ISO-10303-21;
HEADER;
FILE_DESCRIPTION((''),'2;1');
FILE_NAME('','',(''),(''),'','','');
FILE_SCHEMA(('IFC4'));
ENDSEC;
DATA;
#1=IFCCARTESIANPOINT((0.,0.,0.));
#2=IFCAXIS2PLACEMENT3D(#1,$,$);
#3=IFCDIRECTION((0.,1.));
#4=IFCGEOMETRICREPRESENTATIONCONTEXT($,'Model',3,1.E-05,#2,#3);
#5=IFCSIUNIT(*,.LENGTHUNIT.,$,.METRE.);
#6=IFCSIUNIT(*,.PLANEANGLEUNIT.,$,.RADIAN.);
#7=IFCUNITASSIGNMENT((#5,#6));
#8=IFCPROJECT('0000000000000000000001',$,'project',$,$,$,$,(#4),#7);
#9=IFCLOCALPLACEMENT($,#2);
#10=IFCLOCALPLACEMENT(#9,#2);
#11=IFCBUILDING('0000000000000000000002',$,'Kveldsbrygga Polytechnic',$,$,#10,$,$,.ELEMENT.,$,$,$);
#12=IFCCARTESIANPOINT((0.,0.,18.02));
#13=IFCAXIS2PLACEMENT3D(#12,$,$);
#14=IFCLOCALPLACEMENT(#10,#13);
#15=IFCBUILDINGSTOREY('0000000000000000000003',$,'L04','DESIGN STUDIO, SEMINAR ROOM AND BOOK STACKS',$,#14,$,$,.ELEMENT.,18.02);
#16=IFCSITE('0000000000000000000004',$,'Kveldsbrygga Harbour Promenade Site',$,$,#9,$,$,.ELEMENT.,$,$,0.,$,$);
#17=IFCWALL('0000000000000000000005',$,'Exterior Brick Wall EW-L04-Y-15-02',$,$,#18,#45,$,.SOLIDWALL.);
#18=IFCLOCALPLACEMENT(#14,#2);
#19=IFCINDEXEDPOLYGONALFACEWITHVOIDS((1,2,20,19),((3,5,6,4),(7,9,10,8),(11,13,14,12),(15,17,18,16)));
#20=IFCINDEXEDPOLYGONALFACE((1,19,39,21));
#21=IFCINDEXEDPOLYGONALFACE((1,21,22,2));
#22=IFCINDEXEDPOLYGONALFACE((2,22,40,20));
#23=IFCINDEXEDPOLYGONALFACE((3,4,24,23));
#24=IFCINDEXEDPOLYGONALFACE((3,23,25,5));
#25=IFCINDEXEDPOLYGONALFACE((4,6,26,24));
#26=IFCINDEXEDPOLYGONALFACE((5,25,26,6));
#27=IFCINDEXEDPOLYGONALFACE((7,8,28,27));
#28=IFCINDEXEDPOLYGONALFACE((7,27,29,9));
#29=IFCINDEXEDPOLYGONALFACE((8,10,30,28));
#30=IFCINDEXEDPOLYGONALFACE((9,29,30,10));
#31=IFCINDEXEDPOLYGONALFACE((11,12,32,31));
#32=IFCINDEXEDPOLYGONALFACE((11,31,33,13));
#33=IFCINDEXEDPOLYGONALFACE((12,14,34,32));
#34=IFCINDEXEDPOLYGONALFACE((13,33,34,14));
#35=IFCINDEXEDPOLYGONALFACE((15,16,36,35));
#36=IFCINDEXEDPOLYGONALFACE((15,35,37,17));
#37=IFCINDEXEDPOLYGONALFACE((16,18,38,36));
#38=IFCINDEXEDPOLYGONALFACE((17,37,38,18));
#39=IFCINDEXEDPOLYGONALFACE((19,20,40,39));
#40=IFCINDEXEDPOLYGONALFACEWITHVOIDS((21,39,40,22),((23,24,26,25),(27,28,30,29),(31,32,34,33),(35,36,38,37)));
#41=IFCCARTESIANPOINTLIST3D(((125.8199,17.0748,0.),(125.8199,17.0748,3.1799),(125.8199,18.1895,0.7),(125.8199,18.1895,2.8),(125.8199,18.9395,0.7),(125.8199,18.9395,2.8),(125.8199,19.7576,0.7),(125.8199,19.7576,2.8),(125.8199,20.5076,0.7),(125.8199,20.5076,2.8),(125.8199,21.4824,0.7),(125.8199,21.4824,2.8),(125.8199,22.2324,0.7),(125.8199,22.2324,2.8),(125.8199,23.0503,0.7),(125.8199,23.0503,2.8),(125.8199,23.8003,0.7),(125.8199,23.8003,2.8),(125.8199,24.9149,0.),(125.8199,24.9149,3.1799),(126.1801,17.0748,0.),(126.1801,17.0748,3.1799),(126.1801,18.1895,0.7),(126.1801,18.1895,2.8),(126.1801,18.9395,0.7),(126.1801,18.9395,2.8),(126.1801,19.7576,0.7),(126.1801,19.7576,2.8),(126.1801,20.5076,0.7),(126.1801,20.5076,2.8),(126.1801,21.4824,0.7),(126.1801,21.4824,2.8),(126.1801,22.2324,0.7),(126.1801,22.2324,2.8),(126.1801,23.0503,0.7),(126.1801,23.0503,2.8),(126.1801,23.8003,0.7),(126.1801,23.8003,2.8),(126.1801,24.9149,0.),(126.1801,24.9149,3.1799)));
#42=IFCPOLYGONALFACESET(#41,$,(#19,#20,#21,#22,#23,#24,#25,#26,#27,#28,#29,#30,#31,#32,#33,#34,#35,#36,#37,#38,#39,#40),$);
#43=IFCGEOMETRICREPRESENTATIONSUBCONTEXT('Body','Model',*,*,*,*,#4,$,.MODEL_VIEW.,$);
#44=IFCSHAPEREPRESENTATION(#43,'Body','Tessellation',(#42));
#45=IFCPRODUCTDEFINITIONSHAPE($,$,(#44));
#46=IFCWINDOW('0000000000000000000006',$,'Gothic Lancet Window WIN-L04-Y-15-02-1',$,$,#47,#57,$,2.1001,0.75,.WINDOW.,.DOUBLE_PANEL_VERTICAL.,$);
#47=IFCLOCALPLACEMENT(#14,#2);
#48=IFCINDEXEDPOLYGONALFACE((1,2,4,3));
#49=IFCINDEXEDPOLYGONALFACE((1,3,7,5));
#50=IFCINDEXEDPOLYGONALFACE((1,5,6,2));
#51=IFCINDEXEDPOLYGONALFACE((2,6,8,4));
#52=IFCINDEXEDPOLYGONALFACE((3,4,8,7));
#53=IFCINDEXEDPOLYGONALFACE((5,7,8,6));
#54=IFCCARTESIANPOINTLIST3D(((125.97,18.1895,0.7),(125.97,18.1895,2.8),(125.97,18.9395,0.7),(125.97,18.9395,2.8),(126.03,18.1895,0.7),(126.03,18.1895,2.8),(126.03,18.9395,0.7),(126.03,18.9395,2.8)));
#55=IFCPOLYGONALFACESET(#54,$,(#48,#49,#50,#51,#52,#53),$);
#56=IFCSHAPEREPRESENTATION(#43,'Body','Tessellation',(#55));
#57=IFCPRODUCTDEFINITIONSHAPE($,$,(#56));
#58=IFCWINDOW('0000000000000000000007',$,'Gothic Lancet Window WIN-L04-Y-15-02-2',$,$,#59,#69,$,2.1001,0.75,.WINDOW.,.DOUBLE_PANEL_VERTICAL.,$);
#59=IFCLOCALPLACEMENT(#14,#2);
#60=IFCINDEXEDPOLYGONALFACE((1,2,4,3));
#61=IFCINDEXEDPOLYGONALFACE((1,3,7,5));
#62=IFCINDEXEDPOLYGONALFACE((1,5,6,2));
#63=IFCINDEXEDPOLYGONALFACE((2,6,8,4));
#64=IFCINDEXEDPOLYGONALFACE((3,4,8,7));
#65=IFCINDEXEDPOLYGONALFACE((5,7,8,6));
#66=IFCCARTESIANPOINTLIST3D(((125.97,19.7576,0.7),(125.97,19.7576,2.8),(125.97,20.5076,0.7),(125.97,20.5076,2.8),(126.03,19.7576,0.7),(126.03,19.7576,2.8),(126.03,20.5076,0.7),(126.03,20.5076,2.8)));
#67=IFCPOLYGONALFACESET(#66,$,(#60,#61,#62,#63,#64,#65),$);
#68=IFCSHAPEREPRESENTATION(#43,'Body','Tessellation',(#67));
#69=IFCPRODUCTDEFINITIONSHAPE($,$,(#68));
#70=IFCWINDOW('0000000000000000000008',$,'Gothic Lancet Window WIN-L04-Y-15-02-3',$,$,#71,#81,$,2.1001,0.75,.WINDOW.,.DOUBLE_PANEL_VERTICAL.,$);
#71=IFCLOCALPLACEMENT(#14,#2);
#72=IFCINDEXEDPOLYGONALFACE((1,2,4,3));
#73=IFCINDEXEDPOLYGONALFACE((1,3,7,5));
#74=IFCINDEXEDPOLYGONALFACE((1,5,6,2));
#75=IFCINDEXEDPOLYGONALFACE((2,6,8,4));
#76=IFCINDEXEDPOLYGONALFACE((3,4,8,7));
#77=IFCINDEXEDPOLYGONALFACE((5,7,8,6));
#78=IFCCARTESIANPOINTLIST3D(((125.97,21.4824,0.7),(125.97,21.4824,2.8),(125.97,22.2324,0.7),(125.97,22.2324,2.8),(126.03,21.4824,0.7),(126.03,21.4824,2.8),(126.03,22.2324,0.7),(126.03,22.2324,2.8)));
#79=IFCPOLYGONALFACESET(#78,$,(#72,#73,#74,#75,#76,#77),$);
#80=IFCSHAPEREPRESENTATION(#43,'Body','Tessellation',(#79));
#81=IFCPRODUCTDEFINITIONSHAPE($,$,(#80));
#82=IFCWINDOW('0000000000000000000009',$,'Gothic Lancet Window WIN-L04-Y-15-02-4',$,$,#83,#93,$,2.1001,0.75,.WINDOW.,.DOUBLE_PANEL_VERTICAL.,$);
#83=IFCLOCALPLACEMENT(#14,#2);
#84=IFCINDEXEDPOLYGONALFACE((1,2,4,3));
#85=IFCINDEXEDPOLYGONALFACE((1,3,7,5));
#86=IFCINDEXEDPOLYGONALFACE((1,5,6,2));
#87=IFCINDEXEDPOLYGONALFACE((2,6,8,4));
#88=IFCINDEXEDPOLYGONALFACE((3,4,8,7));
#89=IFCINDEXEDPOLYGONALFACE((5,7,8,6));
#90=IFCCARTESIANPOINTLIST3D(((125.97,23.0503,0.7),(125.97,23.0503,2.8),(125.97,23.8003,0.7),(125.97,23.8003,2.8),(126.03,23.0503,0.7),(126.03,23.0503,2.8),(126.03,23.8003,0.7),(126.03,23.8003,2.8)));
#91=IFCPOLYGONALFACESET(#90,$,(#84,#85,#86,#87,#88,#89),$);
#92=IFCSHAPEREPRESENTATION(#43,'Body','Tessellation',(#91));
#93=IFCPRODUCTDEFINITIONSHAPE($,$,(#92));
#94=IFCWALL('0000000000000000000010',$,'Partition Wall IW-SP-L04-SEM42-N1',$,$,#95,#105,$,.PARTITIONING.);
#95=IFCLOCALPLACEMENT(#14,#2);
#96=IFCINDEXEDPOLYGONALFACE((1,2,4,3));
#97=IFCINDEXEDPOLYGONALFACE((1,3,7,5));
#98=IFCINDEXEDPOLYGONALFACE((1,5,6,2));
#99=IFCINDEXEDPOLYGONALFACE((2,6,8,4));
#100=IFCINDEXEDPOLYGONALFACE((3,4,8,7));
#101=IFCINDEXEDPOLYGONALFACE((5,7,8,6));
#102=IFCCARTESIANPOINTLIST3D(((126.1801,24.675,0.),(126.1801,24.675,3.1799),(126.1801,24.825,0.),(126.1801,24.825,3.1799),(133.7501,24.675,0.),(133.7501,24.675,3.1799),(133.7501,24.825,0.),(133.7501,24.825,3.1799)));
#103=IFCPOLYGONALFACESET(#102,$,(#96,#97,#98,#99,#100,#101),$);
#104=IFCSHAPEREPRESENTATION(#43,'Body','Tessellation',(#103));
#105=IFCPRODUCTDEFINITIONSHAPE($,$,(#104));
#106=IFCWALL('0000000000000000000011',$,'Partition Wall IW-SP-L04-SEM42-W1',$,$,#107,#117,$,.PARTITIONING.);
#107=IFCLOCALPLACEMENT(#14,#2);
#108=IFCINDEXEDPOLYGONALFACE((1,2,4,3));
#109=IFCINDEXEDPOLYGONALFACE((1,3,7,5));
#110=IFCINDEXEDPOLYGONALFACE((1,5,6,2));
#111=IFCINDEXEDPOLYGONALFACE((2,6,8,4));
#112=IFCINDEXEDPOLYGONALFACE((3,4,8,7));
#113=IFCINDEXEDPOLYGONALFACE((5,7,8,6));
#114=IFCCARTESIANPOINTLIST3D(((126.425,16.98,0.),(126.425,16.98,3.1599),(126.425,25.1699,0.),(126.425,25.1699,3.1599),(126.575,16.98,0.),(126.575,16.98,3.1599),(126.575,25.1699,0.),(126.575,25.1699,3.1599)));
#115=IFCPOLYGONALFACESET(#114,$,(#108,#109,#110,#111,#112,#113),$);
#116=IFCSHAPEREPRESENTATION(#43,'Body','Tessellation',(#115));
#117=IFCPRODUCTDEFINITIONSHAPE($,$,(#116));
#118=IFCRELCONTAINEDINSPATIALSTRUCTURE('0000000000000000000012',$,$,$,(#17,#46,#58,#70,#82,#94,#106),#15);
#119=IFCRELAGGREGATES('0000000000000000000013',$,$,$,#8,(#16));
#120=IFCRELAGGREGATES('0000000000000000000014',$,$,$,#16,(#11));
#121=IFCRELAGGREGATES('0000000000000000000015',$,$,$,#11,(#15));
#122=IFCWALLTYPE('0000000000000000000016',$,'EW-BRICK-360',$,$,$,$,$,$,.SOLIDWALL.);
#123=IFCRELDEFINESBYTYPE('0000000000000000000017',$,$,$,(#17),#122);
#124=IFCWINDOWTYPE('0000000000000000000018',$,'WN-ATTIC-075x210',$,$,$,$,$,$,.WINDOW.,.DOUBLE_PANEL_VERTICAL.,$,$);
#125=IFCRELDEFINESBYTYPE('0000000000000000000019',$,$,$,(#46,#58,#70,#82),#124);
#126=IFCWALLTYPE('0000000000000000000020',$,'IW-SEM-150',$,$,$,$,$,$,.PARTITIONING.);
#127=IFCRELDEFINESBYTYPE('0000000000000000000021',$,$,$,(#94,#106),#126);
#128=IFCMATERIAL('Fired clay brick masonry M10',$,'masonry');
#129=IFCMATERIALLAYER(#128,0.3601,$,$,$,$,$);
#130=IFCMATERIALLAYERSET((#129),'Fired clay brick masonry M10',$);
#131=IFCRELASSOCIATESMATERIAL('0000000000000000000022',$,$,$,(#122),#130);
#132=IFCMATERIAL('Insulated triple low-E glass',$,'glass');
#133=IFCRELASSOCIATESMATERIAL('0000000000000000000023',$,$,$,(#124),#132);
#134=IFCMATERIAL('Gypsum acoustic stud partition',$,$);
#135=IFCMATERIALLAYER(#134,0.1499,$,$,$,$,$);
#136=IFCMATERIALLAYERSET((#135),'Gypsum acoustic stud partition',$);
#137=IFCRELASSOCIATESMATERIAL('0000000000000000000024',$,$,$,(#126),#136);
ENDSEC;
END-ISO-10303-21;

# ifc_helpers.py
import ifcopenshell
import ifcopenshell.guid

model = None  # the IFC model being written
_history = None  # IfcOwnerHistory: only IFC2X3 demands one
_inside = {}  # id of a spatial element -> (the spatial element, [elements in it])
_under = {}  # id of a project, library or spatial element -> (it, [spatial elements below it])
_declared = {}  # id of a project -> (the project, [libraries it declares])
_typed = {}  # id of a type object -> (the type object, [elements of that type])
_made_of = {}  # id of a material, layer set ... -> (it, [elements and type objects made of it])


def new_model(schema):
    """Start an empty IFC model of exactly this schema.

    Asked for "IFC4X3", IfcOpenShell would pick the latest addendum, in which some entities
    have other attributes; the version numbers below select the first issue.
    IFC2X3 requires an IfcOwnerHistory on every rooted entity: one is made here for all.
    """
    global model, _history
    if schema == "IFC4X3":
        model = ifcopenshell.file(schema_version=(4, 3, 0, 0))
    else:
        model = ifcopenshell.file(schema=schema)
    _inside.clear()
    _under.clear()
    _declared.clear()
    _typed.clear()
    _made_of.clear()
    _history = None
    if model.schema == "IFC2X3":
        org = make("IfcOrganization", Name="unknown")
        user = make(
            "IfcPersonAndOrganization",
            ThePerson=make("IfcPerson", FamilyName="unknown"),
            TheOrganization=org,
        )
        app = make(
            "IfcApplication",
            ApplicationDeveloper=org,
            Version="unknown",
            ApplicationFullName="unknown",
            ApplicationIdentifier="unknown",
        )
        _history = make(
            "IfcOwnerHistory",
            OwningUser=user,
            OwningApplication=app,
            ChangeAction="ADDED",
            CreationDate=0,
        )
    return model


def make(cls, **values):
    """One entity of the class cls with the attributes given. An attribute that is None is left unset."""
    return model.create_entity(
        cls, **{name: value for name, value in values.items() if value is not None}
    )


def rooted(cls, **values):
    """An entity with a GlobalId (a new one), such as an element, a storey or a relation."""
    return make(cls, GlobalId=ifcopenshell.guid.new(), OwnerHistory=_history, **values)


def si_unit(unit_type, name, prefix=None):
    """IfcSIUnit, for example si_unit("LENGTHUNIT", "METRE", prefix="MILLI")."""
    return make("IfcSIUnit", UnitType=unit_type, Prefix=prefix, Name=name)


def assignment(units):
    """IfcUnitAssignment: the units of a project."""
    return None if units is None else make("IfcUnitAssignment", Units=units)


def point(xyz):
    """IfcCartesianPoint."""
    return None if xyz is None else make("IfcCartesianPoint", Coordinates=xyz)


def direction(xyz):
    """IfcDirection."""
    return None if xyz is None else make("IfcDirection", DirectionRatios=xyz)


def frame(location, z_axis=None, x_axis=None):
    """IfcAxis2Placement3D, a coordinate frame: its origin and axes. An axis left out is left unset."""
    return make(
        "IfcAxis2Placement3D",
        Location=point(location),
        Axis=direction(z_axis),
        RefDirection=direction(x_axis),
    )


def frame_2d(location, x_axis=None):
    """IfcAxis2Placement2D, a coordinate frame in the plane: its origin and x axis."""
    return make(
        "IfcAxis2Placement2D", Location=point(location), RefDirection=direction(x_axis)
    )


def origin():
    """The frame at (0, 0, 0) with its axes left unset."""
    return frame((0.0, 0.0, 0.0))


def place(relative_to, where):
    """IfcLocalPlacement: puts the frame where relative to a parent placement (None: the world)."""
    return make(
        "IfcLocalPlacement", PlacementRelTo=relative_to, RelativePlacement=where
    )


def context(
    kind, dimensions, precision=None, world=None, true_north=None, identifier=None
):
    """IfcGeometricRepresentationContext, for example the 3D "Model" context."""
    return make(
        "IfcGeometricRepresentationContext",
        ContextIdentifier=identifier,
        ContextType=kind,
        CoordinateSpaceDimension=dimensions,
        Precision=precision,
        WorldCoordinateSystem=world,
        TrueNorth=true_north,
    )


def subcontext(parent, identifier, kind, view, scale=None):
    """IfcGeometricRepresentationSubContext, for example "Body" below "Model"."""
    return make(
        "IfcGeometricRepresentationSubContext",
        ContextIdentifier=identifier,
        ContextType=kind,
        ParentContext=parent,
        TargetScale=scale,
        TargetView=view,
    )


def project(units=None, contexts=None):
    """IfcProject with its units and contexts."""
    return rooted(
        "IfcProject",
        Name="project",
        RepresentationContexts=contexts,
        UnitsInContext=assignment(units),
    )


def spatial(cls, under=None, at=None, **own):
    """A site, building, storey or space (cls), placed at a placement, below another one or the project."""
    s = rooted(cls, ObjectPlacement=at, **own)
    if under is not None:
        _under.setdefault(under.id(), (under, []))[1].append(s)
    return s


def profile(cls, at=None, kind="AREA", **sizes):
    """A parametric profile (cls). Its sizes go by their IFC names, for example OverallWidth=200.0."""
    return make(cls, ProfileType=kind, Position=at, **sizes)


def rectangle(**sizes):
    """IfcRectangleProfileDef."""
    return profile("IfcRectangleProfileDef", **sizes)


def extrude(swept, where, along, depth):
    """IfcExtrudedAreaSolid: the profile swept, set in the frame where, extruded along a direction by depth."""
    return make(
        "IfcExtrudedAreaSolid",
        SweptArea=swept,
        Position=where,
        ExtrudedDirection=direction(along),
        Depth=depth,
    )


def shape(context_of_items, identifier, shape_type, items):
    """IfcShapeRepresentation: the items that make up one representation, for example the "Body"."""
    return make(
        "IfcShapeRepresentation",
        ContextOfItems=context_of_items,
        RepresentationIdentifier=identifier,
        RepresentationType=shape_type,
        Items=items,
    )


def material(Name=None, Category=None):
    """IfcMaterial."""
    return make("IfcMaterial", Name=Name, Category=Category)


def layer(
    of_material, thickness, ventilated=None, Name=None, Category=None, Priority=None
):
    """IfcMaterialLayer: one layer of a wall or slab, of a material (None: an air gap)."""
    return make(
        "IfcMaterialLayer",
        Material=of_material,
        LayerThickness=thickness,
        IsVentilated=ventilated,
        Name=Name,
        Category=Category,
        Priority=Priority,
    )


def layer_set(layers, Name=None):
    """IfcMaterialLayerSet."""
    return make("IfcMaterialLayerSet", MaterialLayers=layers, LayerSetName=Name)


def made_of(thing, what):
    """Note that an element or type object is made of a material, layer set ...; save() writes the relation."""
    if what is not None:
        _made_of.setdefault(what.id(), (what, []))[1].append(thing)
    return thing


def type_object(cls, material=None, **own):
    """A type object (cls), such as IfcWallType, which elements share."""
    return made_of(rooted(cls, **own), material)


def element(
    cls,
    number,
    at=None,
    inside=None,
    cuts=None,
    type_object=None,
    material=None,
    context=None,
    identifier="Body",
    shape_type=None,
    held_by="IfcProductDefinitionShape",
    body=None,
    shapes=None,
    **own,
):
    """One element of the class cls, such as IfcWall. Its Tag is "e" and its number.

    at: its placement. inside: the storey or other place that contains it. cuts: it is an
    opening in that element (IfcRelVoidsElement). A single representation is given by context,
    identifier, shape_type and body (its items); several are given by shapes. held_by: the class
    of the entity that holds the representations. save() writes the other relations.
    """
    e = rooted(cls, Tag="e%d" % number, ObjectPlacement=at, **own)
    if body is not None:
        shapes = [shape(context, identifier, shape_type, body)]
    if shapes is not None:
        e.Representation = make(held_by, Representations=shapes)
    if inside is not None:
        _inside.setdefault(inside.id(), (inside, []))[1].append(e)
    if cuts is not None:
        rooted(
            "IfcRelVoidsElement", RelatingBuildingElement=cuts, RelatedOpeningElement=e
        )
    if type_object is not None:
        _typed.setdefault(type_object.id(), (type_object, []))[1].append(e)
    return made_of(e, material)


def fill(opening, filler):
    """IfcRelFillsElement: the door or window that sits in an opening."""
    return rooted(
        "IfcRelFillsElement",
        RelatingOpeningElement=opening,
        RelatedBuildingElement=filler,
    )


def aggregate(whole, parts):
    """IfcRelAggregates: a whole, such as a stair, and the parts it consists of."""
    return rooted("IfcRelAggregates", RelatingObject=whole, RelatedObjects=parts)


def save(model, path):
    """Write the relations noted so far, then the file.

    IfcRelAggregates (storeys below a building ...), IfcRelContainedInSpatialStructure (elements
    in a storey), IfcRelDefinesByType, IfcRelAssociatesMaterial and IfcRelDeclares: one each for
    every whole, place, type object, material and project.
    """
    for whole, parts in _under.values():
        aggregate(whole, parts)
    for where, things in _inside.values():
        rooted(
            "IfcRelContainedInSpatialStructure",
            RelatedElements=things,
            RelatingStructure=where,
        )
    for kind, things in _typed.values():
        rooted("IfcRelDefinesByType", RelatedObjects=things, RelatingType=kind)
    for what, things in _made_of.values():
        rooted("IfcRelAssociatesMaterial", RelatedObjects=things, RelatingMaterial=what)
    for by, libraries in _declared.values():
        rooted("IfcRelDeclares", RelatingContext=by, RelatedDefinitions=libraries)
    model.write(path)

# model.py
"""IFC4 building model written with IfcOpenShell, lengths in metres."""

from ifc_helpers import new_model, si_unit, direction, frame, frame_2d, origin, place, context, subcontext, project, spatial, rectangle, extrude, material, layer, layer_set, type_object, element, fill, save


model = new_model("IFC4")

# Units and contexts
model_context = context("Model", 3, precision=1e-05, world=origin(), true_north=direction((0.0, 1.0)))
body_context = subcontext(model_context, "Body", "Model", "MODEL_VIEW")
ifc_project = project(units=[si_unit("LENGTHUNIT", "METRE"), si_unit("PLANEANGLEUNIT", "RADIAN")], contexts=[model_context])

# Site, building, storey
site_placement = place(None, origin())
site = spatial("IfcSite", under=ifc_project, at=site_placement, Name="Kveldsbrygga Harbour Promenade Site", CompositionType="ELEMENT", RefElevation=0.0)
building_placement = place(site_placement, origin())
building = spatial("IfcBuilding", under=site, at=building_placement, Name="Kveldsbrygga Polytechnic", CompositionType="ELEMENT")
storey_placement = place(building_placement, frame((0.0, 0.0, 18.02)))
storey = spatial("IfcBuildingStorey", under=building, at=storey_placement, Name="L04", Description="DESIGN STUDIO, SEMINAR ROOM AND BOOK STACKS", CompositionType="ELEMENT", Elevation=18.02)

# Wall, openings, windows
ifc_material_1 = material(Name="Fired clay brick masonry M10", Category="masonry")
ifc_layer_1 = layer(ifc_material_1, 0.3601)
ifc_layer_set_1 = layer_set([ifc_layer_1], Name="Fired clay brick masonry M10")
wall_type_1 = type_object("IfcWallType", Name="EW-BRICK-360", PredefinedType="SOLIDWALL", material=ifc_layer_set_1)
ifc_material_2 = material(Name="Insulated triple low-E glass", Category="glass")
window_type = type_object("IfcWindowType", Name="WN-ATTIC-075x210", PartitioningType="DOUBLE_PANEL_VERTICAL", PredefinedType="WINDOW", material=ifc_material_2)
wall_1_placement = place(storey_placement, frame((126.0, 17.075, 0.0), z_axis=(0.0, 0.0, 1.0), x_axis=(0.0, 1.0, 0.0)))
wall_1 = element("IfcWall", 1, at=wall_1_placement, inside=storey, type_object=wall_type_1, Name="Exterior Brick Wall EW-L04-Y-15-02", PredefinedType="SOLIDWALL", context=body_context, shape_type="SweptSolid", body=[
    extrude(rectangle(XDim=7.8401, YDim=0.3601, at=frame_2d((3.9199, 0.0))), origin(), (0.0, 0.0, 1.0), 3.1799),
])
opening_1_placement = place(wall_1_placement, frame((1.1145, 0.0, 0.7)))
opening_1 = element("IfcOpeningElement", 2, at=opening_1_placement, cuts=wall_1, PredefinedType="OPENING", context=body_context, shape_type="SweptSolid", body=[
    extrude(rectangle(XDim=0.75, YDim=2.1001, at=frame_2d((0.375, 1.05))), frame((0.0, 0.1899, 0.0), z_axis=(0.0, -1.0, 0.0), x_axis=(1.0, 0.0, 0.0)), (0.0, 0.0, 1.0), 0.3801),
])
opening_2_placement = place(wall_1_placement, frame((2.6826, 0.0, 0.7)))
opening_2 = element("IfcOpeningElement", 3, at=opening_2_placement, cuts=wall_1, PredefinedType="OPENING", context=body_context, shape_type="SweptSolid", body=[
    extrude(rectangle(XDim=0.75, YDim=2.1001, at=frame_2d((0.375, 1.05))), frame((0.0, 0.1899, 0.0), z_axis=(0.0, -1.0, 0.0), x_axis=(1.0, 0.0, 0.0)), (0.0, 0.0, 1.0), 0.3801),
])
opening_3_placement = place(wall_1_placement, frame((4.4075, 0.0, 0.7)))
opening_3 = element("IfcOpeningElement", 4, at=opening_3_placement, cuts=wall_1, PredefinedType="OPENING", context=body_context, shape_type="SweptSolid", body=[
    extrude(rectangle(XDim=0.75, YDim=2.1001, at=frame_2d((0.375, 1.05))), frame((0.0, 0.1899, 0.0), z_axis=(0.0, -1.0, 0.0), x_axis=(1.0, 0.0, 0.0)), (0.0, 0.0, 1.0), 0.3801),
])
opening_4_placement = place(wall_1_placement, frame((5.9753, 0.0, 0.7)))
opening_4 = element("IfcOpeningElement", 5, at=opening_4_placement, cuts=wall_1, PredefinedType="OPENING", context=body_context, shape_type="SweptSolid", body=[
    extrude(rectangle(XDim=0.75, YDim=2.1001, at=frame_2d((0.375, 1.05))), frame((0.0, 0.1899, 0.0), z_axis=(0.0, -1.0, 0.0), x_axis=(1.0, 0.0, 0.0)), (0.0, 0.0, 1.0), 0.3801),
])
window_1_placement = place(opening_1_placement, origin())
window_1 = element("IfcWindow", 6, at=window_1_placement, inside=storey, type_object=window_type, Name="Gothic Lancet Window WIN-L04-Y-15-02-1", OverallHeight=2.1001, OverallWidth=0.75, PartitioningType="DOUBLE_PANEL_VERTICAL", PredefinedType="WINDOW", context=body_context, shape_type="SweptSolid", body=[
    extrude(rectangle(XDim=0.75, YDim=2.1001, at=frame_2d((0.375, 1.05))), frame((0.0, 0.03, 0.0), z_axis=(0.0, -1.0, 0.0), x_axis=(1.0, 0.0, 0.0)), (0.0, 0.0, 1.0), 0.0601),
])
fill(opening_1, window_1)
window_2_placement = place(opening_2_placement, origin())
window_2 = element("IfcWindow", 7, at=window_2_placement, inside=storey, type_object=window_type, Name="Gothic Lancet Window WIN-L04-Y-15-02-2", OverallHeight=2.1001, OverallWidth=0.75, PartitioningType="DOUBLE_PANEL_VERTICAL", PredefinedType="WINDOW", context=body_context, shape_type="SweptSolid", body=[
    extrude(rectangle(XDim=0.75, YDim=2.1001, at=frame_2d((0.375, 1.05))), frame((0.0, 0.03, 0.0), z_axis=(0.0, -1.0, 0.0), x_axis=(1.0, 0.0, 0.0)), (0.0, 0.0, 1.0), 0.0601),
])
fill(opening_2, window_2)
window_3_placement = place(opening_3_placement, origin())
window_3 = element("IfcWindow", 8, at=window_3_placement, inside=storey, type_object=window_type, Name="Gothic Lancet Window WIN-L04-Y-15-02-3", OverallHeight=2.1001, OverallWidth=0.75, PartitioningType="DOUBLE_PANEL_VERTICAL", PredefinedType="WINDOW", context=body_context, shape_type="SweptSolid", body=[
    extrude(rectangle(XDim=0.75, YDim=2.1001, at=frame_2d((0.375, 1.05))), frame((0.0, 0.03, 0.0), z_axis=(0.0, -1.0, 0.0), x_axis=(1.0, 0.0, 0.0)), (0.0, 0.0, 1.0), 0.0601),
])
fill(opening_3, window_3)
window_4_placement = place(opening_4_placement, origin())
window_4 = element("IfcWindow", 9, at=window_4_placement, inside=storey, type_object=window_type, Name="Gothic Lancet Window WIN-L04-Y-15-02-4", OverallHeight=2.1001, OverallWidth=0.75, PartitioningType="DOUBLE_PANEL_VERTICAL", PredefinedType="WINDOW", context=body_context, shape_type="SweptSolid", body=[
    extrude(rectangle(XDim=0.75, YDim=2.1001, at=frame_2d((0.375, 1.05))), frame((0.0, 0.03, 0.0), z_axis=(0.0, -1.0, 0.0), x_axis=(1.0, 0.0, 0.0)), (0.0, 0.0, 1.0), 0.0601),
])
fill(opening_4, window_4)

# Walls
ifc_material_3 = material(Name="Gypsum acoustic stud partition")
ifc_layer_2 = layer(ifc_material_3, 0.1499)
ifc_layer_set_2 = layer_set([ifc_layer_2], Name="Gypsum acoustic stud partition")
wall_type_2 = type_object("IfcWallType", Name="IW-SEM-150", PredefinedType="PARTITIONING", material=ifc_layer_set_2)
wall_2_placement = place(storey_placement, frame((126.1799, 24.75, 0.0), z_axis=(0.0, 0.0, 1.0), x_axis=(1.0, 0.0, 0.0)))
element("IfcWall", 10, at=wall_2_placement, inside=storey, type_object=wall_type_2, Name="Partition Wall IW-SP-L04-SEM42-N1", PredefinedType="PARTITIONING", context=body_context, shape_type="SweptSolid", body=[
    extrude(rectangle(XDim=7.5701, YDim=0.1499, at=frame_2d((3.7852, 0.0))), origin(), (0.0, 0.0, 1.0), 3.1799),
])
wall_3_placement = place(storey_placement, frame((126.5, 16.98, 0.0), z_axis=(0.0, 0.0, 1.0), x_axis=(0.0, 1.0, 0.0)))
element("IfcWall", 11, at=wall_3_placement, inside=storey, type_object=wall_type_2, Name="Partition Wall IW-SP-L04-SEM42-W1", PredefinedType="PARTITIONING", context=body_context, shape_type="SweptSolid", body=[
    extrude(rectangle(XDim=8.1899, YDim=0.1499, at=frame_2d((4.095, 0.0))), origin(), (0.0, 0.0, 1.0), 3.1599),
])

save(model, "model.ifc")
